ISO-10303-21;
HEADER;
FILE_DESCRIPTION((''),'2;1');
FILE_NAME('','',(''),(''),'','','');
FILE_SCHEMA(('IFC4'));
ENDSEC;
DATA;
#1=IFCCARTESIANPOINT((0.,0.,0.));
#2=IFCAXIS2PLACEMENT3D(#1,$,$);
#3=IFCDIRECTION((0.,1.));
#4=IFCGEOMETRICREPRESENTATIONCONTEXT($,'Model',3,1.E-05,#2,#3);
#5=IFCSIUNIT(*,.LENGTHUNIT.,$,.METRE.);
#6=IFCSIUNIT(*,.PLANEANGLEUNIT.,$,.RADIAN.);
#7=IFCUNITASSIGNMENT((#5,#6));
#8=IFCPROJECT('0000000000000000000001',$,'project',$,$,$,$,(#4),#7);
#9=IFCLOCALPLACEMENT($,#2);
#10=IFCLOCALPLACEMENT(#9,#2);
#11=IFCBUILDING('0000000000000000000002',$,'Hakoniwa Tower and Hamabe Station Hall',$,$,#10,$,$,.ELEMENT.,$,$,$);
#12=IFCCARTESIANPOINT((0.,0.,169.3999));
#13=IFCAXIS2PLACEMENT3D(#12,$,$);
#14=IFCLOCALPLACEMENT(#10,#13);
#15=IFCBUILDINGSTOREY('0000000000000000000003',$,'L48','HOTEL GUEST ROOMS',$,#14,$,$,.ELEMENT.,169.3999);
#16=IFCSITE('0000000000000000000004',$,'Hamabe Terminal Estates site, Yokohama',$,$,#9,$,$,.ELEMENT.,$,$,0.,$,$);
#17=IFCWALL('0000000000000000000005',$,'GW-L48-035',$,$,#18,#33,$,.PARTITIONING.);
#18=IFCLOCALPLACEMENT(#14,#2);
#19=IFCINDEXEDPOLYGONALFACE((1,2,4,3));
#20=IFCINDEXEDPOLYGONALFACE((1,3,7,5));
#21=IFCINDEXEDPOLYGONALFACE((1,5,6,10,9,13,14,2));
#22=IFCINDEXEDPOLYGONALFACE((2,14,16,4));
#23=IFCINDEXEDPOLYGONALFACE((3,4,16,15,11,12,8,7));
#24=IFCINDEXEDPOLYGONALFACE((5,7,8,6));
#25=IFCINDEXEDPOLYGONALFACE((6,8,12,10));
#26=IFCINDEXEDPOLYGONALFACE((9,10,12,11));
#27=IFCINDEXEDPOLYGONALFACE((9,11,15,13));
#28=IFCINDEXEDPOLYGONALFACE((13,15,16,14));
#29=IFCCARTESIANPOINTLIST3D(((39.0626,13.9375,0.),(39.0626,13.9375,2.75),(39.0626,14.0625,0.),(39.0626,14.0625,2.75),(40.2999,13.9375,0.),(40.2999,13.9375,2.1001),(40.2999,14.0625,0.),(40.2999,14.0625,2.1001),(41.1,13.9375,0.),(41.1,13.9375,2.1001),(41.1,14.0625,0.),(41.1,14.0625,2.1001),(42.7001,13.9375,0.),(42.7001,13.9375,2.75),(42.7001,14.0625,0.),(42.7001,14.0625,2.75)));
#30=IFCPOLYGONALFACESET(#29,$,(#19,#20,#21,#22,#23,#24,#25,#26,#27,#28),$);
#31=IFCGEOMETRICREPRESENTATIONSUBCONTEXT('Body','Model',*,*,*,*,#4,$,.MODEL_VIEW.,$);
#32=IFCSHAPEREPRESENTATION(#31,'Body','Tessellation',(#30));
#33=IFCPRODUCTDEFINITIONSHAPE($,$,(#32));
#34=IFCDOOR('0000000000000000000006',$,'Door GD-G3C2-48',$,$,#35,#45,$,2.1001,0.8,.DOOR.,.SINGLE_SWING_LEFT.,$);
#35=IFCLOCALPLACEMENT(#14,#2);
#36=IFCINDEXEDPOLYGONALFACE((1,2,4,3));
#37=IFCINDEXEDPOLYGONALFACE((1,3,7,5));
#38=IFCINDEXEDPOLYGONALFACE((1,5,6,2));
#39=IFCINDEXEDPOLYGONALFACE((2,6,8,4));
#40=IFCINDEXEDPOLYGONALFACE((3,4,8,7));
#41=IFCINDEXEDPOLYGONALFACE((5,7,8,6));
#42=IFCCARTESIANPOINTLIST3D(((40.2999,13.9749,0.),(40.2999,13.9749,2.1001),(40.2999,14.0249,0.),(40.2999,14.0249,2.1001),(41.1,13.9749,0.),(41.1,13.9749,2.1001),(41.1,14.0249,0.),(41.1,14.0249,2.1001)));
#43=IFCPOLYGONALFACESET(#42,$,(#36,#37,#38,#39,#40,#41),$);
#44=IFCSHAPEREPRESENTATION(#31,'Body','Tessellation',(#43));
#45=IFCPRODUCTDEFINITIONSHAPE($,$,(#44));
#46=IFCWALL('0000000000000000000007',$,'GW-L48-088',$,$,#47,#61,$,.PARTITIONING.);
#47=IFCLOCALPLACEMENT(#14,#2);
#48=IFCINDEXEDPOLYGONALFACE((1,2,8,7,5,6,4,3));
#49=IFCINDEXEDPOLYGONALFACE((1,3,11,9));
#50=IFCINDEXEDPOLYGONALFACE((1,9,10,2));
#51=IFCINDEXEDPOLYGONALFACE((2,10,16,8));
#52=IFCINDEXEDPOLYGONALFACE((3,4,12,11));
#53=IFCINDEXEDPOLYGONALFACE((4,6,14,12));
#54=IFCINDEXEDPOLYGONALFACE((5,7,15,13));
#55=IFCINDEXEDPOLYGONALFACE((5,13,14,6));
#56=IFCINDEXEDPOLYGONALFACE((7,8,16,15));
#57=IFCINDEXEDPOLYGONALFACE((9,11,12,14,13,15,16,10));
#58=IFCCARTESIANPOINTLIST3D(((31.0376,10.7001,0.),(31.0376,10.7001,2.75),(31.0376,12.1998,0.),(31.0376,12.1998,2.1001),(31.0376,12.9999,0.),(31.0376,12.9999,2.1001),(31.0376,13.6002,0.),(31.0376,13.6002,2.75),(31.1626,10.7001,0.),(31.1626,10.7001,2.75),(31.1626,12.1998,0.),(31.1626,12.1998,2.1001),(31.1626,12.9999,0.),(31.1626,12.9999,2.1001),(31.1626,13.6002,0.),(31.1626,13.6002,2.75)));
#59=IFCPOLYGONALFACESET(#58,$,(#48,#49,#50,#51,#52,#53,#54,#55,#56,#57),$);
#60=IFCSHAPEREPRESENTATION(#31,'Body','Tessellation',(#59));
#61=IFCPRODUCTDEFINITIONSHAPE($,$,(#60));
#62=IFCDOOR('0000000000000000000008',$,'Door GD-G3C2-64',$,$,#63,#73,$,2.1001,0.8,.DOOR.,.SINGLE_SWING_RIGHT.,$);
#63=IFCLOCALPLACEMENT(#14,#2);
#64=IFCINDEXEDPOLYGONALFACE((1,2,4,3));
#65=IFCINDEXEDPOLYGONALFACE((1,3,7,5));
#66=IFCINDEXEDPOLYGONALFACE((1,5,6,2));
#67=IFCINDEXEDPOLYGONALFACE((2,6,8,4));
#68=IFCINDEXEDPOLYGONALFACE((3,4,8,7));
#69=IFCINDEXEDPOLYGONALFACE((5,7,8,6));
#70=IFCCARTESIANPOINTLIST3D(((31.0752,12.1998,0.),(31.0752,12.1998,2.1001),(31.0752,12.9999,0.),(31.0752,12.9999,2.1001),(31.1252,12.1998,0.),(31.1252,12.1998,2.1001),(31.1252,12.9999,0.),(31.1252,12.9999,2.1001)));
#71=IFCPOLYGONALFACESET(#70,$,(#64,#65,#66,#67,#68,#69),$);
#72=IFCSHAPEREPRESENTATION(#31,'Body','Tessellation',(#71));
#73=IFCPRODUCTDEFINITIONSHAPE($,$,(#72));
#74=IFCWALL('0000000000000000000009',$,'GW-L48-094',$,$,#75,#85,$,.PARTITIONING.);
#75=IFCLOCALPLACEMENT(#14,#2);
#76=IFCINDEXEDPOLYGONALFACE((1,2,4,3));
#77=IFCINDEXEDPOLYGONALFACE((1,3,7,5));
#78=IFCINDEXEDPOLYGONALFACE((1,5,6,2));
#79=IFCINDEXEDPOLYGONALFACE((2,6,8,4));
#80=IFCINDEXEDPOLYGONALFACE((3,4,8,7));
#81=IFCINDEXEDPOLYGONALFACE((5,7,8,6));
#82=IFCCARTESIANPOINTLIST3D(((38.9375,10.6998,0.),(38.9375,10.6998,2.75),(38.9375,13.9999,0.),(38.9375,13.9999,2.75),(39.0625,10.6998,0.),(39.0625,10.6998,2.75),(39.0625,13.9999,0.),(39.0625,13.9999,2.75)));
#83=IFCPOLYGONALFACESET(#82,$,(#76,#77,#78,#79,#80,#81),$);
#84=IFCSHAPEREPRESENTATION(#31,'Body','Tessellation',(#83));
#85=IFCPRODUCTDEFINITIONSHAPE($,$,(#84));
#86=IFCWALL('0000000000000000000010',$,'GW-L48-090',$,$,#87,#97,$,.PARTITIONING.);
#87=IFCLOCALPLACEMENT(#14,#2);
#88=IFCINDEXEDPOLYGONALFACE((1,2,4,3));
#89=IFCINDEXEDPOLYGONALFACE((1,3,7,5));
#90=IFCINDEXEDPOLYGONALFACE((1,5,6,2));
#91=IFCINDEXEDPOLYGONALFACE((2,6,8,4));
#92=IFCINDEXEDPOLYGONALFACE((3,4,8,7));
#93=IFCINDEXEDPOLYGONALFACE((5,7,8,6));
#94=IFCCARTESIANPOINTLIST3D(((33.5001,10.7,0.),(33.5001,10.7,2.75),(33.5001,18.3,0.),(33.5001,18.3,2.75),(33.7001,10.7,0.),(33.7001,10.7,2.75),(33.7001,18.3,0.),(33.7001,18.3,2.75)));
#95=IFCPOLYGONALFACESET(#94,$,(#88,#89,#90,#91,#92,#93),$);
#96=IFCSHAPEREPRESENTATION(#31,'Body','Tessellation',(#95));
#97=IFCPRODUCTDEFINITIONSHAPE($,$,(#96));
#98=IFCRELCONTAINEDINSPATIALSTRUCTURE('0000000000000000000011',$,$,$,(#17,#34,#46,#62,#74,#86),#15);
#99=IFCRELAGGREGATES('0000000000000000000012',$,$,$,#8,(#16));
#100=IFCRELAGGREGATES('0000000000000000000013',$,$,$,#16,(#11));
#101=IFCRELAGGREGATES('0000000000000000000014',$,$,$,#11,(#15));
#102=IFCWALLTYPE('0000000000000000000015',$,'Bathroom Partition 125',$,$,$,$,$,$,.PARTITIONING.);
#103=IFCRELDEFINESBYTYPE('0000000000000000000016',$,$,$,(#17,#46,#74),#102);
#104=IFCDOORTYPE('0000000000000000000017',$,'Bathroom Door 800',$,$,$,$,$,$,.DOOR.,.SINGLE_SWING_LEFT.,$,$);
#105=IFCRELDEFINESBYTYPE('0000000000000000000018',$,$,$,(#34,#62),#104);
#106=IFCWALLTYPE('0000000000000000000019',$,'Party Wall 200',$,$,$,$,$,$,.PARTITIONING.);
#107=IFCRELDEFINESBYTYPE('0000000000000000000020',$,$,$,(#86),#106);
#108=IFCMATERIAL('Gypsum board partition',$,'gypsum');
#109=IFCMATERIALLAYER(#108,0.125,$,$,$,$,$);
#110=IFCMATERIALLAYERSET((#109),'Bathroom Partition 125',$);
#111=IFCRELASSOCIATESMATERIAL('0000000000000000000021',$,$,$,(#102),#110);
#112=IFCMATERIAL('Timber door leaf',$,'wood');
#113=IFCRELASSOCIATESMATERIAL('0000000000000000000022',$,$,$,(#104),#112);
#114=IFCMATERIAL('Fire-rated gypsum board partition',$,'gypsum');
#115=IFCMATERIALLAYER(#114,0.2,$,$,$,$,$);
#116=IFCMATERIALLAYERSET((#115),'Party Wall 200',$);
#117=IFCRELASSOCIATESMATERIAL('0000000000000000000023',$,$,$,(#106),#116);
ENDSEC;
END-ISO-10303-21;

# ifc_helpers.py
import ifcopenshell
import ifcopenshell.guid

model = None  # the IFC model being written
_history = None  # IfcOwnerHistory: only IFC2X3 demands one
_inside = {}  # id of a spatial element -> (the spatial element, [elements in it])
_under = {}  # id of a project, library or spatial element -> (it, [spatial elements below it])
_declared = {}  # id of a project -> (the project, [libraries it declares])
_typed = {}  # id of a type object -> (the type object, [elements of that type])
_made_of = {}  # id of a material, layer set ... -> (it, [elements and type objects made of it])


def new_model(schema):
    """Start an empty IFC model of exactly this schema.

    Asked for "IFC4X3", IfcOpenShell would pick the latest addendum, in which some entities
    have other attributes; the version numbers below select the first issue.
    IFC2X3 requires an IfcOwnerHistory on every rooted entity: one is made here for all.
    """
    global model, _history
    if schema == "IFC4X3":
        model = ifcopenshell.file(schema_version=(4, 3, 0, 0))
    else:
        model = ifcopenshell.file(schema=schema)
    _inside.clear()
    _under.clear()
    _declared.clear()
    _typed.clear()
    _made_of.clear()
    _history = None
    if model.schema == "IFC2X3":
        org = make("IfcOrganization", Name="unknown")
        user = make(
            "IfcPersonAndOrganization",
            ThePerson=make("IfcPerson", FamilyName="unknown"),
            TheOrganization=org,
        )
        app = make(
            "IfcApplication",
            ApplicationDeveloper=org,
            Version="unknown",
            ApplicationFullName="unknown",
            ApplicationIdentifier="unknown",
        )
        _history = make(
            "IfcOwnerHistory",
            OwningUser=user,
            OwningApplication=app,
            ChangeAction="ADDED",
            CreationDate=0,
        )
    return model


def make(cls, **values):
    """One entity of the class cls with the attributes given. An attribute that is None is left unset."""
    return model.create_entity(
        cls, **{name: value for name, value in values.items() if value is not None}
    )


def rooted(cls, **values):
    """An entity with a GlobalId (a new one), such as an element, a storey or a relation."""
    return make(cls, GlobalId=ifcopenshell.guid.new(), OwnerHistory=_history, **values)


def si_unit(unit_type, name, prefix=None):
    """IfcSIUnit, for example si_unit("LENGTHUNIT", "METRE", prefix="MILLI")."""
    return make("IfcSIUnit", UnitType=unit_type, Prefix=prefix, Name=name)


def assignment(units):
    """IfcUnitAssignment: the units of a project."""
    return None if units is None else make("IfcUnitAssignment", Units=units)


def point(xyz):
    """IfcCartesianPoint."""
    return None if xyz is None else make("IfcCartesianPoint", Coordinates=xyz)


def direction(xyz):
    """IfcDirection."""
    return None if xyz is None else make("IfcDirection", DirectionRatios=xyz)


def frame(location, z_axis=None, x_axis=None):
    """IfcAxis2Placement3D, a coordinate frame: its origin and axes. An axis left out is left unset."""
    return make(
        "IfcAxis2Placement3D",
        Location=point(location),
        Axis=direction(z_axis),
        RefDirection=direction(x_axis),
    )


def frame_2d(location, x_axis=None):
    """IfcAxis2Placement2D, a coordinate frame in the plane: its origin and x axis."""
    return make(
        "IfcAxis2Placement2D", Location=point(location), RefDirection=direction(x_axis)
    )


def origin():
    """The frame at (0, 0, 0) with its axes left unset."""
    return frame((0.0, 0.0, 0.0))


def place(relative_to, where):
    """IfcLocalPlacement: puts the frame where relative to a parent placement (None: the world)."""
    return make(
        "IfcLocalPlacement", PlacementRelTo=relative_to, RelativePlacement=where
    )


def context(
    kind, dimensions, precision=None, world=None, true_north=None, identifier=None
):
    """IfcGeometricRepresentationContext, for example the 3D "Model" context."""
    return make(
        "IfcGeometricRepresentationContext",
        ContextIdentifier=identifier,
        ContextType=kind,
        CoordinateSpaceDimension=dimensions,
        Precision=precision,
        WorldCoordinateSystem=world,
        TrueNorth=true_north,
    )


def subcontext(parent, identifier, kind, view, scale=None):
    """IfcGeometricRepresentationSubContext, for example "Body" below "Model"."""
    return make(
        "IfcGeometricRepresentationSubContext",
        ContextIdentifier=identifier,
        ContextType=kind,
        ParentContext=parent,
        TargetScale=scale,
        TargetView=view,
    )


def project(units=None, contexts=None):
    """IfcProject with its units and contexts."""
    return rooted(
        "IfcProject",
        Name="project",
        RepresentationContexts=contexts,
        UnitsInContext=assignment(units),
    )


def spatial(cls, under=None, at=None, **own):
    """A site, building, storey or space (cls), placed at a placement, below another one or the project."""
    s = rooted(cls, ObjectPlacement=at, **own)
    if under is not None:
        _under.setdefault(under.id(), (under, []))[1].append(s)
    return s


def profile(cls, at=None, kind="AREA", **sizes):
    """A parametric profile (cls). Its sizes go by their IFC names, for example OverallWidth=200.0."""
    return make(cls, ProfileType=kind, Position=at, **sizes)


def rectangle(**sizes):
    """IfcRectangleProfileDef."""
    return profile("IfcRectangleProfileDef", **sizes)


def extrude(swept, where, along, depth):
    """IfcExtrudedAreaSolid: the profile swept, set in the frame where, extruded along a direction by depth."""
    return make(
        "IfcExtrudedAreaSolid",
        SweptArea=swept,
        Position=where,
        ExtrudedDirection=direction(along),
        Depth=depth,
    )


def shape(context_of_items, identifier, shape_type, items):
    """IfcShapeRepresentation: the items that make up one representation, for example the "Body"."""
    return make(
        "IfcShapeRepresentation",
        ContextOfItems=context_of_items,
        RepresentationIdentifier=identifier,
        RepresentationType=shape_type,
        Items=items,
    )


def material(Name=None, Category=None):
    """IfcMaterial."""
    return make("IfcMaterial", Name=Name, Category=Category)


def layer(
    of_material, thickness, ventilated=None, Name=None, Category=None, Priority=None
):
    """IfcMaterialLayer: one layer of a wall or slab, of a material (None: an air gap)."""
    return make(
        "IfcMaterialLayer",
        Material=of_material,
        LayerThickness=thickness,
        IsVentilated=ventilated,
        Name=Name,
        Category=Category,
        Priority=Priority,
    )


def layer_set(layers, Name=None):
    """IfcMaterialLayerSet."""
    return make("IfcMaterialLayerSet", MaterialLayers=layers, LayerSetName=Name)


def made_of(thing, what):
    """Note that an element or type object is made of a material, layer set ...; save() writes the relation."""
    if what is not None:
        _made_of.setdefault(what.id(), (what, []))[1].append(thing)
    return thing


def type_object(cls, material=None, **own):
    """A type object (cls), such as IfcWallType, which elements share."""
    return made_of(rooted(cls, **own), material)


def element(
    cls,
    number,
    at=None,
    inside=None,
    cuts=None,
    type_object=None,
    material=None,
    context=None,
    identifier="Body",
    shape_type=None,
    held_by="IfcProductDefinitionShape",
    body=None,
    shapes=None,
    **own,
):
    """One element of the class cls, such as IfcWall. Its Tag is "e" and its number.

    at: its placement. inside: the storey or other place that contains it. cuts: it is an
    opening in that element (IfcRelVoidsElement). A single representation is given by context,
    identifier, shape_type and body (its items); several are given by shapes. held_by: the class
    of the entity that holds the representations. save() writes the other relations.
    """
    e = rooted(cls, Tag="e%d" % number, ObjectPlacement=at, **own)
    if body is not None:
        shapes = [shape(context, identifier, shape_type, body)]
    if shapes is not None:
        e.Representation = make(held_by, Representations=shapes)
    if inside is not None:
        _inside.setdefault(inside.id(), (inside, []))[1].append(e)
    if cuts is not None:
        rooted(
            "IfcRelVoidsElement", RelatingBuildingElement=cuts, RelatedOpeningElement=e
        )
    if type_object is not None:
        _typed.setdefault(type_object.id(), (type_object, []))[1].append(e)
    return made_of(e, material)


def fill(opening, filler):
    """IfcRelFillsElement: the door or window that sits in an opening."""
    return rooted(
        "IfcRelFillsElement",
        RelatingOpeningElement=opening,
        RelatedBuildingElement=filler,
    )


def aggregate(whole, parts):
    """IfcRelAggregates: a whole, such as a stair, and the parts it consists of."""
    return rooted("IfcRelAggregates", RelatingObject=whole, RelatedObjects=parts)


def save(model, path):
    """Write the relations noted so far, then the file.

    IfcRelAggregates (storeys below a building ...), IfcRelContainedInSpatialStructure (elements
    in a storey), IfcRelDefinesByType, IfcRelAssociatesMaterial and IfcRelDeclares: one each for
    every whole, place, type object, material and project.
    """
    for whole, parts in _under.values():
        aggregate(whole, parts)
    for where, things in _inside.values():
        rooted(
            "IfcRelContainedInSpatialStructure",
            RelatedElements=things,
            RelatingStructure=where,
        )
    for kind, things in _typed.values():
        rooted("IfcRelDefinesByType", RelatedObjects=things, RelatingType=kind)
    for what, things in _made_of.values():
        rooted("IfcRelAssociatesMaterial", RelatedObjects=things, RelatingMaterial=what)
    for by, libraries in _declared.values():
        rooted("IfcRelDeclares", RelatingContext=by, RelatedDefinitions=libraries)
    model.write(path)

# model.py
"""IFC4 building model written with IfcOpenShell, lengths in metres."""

from ifc_helpers import new_model, si_unit, direction, frame, frame_2d, origin, place, context, subcontext, project, spatial, rectangle, extrude, material, layer, layer_set, type_object, element, fill, save


model = new_model("IFC4")

# Units and contexts
model_context = context("Model", 3, precision=1e-05, world=origin(), true_north=direction((0.0, 1.0)))
body_context = subcontext(model_context, "Body", "Model", "MODEL_VIEW")
ifc_project = project(units=[si_unit("LENGTHUNIT", "METRE"), si_unit("PLANEANGLEUNIT", "RADIAN")], contexts=[model_context])

# Site, building, storey
site_placement = place(None, origin())
site = spatial("IfcSite", under=ifc_project, at=site_placement, Name="Hamabe Terminal Estates site, Yokohama", CompositionType="ELEMENT", RefElevation=0.0)
building_placement = place(site_placement, origin())
building = spatial("IfcBuilding", under=site, at=building_placement, Name="Hakoniwa Tower and Hamabe Station Hall", CompositionType="ELEMENT")
storey_placement = place(building_placement, frame((0.0, 0.0, 169.3999)))
storey = spatial("IfcBuildingStorey", under=building, at=storey_placement, Name="L48", Description="HOTEL GUEST ROOMS", CompositionType="ELEMENT", Elevation=169.3999)

# Shared definitions
ifc_material_1 = material(Name="Gypsum board partition", Category="gypsum")
ifc_layer_1 = layer(ifc_material_1, 0.125)
ifc_layer_set_1 = layer_set([ifc_layer_1], Name="Bathroom Partition 125")
wall_type_1 = type_object("IfcWallType", Name="Bathroom Partition 125", PredefinedType="PARTITIONING", material=ifc_layer_set_1)

# Walls, openings, doors
wall_1_placement = place(storey_placement, frame((39.0625, 14.0, 0.0), z_axis=(0.0, 0.0, 1.0), x_axis=(1.0, 0.0, 0.0)))
wall_1 = element("IfcWall", 1, at=wall_1_placement, inside=storey, type_object=wall_type_1, Name="GW-L48-035", PredefinedType="PARTITIONING", context=body_context, shape_type="SweptSolid", body=[
    extrude(rectangle(XDim=3.6375, YDim=0.125, at=frame_2d((1.8188, 0.0))), origin(), (0.0, 0.0, 1.0), 2.75),
])
opening_1_placement = place(wall_1_placement, frame((1.2375, 0.0, 0.0)))
opening_1 = element("IfcOpeningElement", 2, at=opening_1_placement, cuts=wall_1, PredefinedType="OPENING", context=body_context, shape_type="SweptSolid", body=[
    extrude(rectangle(XDim=0.8, YDim=2.1001, at=frame_2d((0.3999, 1.05))), frame((0.0, 0.0725, 0.0), z_axis=(0.0, -1.0, 0.0), x_axis=(1.0, 0.0, 0.0)), (0.0, 0.0, 1.0), 0.145),
])
ifc_material_2 = material(Name="Timber door leaf", Category="wood")
door_type = type_object("IfcDoorType", Name="Bathroom Door 800", OperationType="SINGLE_SWING_LEFT", PredefinedType="DOOR", material=ifc_material_2)
door_1_placement = place(opening_1_placement, origin())
door_1 = element("IfcDoor", 3, at=door_1_placement, inside=storey, type_object=door_type, Name="Door GD-G3C2-48", OperationType="SINGLE_SWING_LEFT", OverallHeight=2.1001, OverallWidth=0.8, PredefinedType="DOOR", context=body_context, shape_type="SweptSolid", body=[
    extrude(rectangle(XDim=0.8, YDim=2.1001, at=frame_2d((0.3999, 1.05))), frame((0.0, 0.0249, 0.0), z_axis=(0.0, -1.0, 0.0), x_axis=(1.0, 0.0, 0.0)), (0.0, 0.0, 1.0), 0.05),
])
fill(opening_1, door_1)
wall_2_placement = place(storey_placement, frame((31.1001, 10.7, 0.0), z_axis=(0.0, 0.0, 1.0), x_axis=(0.0, 1.0, 0.0)))
wall_2 = element("IfcWall", 4, at=wall_2_placement, inside=storey, type_object=wall_type_1, Name="GW-L48-088", PredefinedType="PARTITIONING", context=body_context, shape_type="SweptSolid", body=[
    extrude(rectangle(XDim=2.9001, YDim=0.125, at=frame_2d((1.4502, 0.0))), origin(), (0.0, 0.0, 1.0), 2.75),
])
opening_2_placement = place(wall_2_placement, frame((1.5, 0.0, 0.0)))
opening_2 = element("IfcOpeningElement", 5, at=opening_2_placement, cuts=wall_2, PredefinedType="OPENING", context=body_context, shape_type="SweptSolid", body=[
    extrude(rectangle(XDim=0.8, YDim=2.1001, at=frame_2d((0.3999, 1.05))), frame((0.0, 0.0725, 0.0), z_axis=(0.0, -1.0, 0.0), x_axis=(1.0, 0.0, 0.0)), (0.0, 0.0, 1.0), 0.145),
])
door_2_placement = place(opening_2_placement, origin())
door_2 = element("IfcDoor", 6, at=door_2_placement, inside=storey, type_object=door_type, Name="Door GD-G3C2-64", OperationType="SINGLE_SWING_RIGHT", OverallHeight=2.1001, OverallWidth=0.8, PredefinedType="DOOR", context=body_context, shape_type="SweptSolid", body=[
    extrude(rectangle(XDim=0.8, YDim=2.1001, at=frame_2d((0.3999, 1.05))), frame((0.0, 0.0249, 0.0), z_axis=(0.0, -1.0, 0.0), x_axis=(1.0, 0.0, 0.0)), (0.0, 0.0, 1.0), 0.05),
])
fill(opening_2, door_2)

# Walls
wall_3_placement = place(storey_placement, frame((39.0, 10.7, 0.0), z_axis=(0.0, 0.0, 1.0), x_axis=(0.0, 1.0, 0.0)))
element("IfcWall", 7, at=wall_3_placement, inside=storey, type_object=wall_type_1, Name="GW-L48-094", PredefinedType="PARTITIONING", context=body_context, shape_type="SweptSolid", body=[
    extrude(rectangle(XDim=3.3, YDim=0.125, at=frame_2d((1.6499, 0.0))), origin(), (0.0, 0.0, 1.0), 2.75),
])
ifc_material_3 = material(Name="Fire-rated gypsum board partition", Category="gypsum")
ifc_layer_2 = layer(ifc_material_3, 0.2)
ifc_layer_set_2 = layer_set([ifc_layer_2], Name="Party Wall 200")
wall_type_2 = type_object("IfcWallType", Name="Party Wall 200", PredefinedType="PARTITIONING", material=ifc_layer_set_2)
wall_4_placement = place(storey_placement, frame((33.6001, 10.7, 0.0), z_axis=(0.0, 0.0, 1.0), x_axis=(0.0, 1.0, 0.0)))
element("IfcWall", 8, at=wall_4_placement, inside=storey, type_object=wall_type_2, Name="GW-L48-090", PredefinedType="PARTITIONING", context=body_context, shape_type="SweptSolid", body=[
    extrude(rectangle(XDim=7.6001, YDim=0.2, at=frame_2d((3.8, 0.0))), origin(), (0.0, 0.0, 1.0), 2.75),
])

save(model, "model.ifc")
